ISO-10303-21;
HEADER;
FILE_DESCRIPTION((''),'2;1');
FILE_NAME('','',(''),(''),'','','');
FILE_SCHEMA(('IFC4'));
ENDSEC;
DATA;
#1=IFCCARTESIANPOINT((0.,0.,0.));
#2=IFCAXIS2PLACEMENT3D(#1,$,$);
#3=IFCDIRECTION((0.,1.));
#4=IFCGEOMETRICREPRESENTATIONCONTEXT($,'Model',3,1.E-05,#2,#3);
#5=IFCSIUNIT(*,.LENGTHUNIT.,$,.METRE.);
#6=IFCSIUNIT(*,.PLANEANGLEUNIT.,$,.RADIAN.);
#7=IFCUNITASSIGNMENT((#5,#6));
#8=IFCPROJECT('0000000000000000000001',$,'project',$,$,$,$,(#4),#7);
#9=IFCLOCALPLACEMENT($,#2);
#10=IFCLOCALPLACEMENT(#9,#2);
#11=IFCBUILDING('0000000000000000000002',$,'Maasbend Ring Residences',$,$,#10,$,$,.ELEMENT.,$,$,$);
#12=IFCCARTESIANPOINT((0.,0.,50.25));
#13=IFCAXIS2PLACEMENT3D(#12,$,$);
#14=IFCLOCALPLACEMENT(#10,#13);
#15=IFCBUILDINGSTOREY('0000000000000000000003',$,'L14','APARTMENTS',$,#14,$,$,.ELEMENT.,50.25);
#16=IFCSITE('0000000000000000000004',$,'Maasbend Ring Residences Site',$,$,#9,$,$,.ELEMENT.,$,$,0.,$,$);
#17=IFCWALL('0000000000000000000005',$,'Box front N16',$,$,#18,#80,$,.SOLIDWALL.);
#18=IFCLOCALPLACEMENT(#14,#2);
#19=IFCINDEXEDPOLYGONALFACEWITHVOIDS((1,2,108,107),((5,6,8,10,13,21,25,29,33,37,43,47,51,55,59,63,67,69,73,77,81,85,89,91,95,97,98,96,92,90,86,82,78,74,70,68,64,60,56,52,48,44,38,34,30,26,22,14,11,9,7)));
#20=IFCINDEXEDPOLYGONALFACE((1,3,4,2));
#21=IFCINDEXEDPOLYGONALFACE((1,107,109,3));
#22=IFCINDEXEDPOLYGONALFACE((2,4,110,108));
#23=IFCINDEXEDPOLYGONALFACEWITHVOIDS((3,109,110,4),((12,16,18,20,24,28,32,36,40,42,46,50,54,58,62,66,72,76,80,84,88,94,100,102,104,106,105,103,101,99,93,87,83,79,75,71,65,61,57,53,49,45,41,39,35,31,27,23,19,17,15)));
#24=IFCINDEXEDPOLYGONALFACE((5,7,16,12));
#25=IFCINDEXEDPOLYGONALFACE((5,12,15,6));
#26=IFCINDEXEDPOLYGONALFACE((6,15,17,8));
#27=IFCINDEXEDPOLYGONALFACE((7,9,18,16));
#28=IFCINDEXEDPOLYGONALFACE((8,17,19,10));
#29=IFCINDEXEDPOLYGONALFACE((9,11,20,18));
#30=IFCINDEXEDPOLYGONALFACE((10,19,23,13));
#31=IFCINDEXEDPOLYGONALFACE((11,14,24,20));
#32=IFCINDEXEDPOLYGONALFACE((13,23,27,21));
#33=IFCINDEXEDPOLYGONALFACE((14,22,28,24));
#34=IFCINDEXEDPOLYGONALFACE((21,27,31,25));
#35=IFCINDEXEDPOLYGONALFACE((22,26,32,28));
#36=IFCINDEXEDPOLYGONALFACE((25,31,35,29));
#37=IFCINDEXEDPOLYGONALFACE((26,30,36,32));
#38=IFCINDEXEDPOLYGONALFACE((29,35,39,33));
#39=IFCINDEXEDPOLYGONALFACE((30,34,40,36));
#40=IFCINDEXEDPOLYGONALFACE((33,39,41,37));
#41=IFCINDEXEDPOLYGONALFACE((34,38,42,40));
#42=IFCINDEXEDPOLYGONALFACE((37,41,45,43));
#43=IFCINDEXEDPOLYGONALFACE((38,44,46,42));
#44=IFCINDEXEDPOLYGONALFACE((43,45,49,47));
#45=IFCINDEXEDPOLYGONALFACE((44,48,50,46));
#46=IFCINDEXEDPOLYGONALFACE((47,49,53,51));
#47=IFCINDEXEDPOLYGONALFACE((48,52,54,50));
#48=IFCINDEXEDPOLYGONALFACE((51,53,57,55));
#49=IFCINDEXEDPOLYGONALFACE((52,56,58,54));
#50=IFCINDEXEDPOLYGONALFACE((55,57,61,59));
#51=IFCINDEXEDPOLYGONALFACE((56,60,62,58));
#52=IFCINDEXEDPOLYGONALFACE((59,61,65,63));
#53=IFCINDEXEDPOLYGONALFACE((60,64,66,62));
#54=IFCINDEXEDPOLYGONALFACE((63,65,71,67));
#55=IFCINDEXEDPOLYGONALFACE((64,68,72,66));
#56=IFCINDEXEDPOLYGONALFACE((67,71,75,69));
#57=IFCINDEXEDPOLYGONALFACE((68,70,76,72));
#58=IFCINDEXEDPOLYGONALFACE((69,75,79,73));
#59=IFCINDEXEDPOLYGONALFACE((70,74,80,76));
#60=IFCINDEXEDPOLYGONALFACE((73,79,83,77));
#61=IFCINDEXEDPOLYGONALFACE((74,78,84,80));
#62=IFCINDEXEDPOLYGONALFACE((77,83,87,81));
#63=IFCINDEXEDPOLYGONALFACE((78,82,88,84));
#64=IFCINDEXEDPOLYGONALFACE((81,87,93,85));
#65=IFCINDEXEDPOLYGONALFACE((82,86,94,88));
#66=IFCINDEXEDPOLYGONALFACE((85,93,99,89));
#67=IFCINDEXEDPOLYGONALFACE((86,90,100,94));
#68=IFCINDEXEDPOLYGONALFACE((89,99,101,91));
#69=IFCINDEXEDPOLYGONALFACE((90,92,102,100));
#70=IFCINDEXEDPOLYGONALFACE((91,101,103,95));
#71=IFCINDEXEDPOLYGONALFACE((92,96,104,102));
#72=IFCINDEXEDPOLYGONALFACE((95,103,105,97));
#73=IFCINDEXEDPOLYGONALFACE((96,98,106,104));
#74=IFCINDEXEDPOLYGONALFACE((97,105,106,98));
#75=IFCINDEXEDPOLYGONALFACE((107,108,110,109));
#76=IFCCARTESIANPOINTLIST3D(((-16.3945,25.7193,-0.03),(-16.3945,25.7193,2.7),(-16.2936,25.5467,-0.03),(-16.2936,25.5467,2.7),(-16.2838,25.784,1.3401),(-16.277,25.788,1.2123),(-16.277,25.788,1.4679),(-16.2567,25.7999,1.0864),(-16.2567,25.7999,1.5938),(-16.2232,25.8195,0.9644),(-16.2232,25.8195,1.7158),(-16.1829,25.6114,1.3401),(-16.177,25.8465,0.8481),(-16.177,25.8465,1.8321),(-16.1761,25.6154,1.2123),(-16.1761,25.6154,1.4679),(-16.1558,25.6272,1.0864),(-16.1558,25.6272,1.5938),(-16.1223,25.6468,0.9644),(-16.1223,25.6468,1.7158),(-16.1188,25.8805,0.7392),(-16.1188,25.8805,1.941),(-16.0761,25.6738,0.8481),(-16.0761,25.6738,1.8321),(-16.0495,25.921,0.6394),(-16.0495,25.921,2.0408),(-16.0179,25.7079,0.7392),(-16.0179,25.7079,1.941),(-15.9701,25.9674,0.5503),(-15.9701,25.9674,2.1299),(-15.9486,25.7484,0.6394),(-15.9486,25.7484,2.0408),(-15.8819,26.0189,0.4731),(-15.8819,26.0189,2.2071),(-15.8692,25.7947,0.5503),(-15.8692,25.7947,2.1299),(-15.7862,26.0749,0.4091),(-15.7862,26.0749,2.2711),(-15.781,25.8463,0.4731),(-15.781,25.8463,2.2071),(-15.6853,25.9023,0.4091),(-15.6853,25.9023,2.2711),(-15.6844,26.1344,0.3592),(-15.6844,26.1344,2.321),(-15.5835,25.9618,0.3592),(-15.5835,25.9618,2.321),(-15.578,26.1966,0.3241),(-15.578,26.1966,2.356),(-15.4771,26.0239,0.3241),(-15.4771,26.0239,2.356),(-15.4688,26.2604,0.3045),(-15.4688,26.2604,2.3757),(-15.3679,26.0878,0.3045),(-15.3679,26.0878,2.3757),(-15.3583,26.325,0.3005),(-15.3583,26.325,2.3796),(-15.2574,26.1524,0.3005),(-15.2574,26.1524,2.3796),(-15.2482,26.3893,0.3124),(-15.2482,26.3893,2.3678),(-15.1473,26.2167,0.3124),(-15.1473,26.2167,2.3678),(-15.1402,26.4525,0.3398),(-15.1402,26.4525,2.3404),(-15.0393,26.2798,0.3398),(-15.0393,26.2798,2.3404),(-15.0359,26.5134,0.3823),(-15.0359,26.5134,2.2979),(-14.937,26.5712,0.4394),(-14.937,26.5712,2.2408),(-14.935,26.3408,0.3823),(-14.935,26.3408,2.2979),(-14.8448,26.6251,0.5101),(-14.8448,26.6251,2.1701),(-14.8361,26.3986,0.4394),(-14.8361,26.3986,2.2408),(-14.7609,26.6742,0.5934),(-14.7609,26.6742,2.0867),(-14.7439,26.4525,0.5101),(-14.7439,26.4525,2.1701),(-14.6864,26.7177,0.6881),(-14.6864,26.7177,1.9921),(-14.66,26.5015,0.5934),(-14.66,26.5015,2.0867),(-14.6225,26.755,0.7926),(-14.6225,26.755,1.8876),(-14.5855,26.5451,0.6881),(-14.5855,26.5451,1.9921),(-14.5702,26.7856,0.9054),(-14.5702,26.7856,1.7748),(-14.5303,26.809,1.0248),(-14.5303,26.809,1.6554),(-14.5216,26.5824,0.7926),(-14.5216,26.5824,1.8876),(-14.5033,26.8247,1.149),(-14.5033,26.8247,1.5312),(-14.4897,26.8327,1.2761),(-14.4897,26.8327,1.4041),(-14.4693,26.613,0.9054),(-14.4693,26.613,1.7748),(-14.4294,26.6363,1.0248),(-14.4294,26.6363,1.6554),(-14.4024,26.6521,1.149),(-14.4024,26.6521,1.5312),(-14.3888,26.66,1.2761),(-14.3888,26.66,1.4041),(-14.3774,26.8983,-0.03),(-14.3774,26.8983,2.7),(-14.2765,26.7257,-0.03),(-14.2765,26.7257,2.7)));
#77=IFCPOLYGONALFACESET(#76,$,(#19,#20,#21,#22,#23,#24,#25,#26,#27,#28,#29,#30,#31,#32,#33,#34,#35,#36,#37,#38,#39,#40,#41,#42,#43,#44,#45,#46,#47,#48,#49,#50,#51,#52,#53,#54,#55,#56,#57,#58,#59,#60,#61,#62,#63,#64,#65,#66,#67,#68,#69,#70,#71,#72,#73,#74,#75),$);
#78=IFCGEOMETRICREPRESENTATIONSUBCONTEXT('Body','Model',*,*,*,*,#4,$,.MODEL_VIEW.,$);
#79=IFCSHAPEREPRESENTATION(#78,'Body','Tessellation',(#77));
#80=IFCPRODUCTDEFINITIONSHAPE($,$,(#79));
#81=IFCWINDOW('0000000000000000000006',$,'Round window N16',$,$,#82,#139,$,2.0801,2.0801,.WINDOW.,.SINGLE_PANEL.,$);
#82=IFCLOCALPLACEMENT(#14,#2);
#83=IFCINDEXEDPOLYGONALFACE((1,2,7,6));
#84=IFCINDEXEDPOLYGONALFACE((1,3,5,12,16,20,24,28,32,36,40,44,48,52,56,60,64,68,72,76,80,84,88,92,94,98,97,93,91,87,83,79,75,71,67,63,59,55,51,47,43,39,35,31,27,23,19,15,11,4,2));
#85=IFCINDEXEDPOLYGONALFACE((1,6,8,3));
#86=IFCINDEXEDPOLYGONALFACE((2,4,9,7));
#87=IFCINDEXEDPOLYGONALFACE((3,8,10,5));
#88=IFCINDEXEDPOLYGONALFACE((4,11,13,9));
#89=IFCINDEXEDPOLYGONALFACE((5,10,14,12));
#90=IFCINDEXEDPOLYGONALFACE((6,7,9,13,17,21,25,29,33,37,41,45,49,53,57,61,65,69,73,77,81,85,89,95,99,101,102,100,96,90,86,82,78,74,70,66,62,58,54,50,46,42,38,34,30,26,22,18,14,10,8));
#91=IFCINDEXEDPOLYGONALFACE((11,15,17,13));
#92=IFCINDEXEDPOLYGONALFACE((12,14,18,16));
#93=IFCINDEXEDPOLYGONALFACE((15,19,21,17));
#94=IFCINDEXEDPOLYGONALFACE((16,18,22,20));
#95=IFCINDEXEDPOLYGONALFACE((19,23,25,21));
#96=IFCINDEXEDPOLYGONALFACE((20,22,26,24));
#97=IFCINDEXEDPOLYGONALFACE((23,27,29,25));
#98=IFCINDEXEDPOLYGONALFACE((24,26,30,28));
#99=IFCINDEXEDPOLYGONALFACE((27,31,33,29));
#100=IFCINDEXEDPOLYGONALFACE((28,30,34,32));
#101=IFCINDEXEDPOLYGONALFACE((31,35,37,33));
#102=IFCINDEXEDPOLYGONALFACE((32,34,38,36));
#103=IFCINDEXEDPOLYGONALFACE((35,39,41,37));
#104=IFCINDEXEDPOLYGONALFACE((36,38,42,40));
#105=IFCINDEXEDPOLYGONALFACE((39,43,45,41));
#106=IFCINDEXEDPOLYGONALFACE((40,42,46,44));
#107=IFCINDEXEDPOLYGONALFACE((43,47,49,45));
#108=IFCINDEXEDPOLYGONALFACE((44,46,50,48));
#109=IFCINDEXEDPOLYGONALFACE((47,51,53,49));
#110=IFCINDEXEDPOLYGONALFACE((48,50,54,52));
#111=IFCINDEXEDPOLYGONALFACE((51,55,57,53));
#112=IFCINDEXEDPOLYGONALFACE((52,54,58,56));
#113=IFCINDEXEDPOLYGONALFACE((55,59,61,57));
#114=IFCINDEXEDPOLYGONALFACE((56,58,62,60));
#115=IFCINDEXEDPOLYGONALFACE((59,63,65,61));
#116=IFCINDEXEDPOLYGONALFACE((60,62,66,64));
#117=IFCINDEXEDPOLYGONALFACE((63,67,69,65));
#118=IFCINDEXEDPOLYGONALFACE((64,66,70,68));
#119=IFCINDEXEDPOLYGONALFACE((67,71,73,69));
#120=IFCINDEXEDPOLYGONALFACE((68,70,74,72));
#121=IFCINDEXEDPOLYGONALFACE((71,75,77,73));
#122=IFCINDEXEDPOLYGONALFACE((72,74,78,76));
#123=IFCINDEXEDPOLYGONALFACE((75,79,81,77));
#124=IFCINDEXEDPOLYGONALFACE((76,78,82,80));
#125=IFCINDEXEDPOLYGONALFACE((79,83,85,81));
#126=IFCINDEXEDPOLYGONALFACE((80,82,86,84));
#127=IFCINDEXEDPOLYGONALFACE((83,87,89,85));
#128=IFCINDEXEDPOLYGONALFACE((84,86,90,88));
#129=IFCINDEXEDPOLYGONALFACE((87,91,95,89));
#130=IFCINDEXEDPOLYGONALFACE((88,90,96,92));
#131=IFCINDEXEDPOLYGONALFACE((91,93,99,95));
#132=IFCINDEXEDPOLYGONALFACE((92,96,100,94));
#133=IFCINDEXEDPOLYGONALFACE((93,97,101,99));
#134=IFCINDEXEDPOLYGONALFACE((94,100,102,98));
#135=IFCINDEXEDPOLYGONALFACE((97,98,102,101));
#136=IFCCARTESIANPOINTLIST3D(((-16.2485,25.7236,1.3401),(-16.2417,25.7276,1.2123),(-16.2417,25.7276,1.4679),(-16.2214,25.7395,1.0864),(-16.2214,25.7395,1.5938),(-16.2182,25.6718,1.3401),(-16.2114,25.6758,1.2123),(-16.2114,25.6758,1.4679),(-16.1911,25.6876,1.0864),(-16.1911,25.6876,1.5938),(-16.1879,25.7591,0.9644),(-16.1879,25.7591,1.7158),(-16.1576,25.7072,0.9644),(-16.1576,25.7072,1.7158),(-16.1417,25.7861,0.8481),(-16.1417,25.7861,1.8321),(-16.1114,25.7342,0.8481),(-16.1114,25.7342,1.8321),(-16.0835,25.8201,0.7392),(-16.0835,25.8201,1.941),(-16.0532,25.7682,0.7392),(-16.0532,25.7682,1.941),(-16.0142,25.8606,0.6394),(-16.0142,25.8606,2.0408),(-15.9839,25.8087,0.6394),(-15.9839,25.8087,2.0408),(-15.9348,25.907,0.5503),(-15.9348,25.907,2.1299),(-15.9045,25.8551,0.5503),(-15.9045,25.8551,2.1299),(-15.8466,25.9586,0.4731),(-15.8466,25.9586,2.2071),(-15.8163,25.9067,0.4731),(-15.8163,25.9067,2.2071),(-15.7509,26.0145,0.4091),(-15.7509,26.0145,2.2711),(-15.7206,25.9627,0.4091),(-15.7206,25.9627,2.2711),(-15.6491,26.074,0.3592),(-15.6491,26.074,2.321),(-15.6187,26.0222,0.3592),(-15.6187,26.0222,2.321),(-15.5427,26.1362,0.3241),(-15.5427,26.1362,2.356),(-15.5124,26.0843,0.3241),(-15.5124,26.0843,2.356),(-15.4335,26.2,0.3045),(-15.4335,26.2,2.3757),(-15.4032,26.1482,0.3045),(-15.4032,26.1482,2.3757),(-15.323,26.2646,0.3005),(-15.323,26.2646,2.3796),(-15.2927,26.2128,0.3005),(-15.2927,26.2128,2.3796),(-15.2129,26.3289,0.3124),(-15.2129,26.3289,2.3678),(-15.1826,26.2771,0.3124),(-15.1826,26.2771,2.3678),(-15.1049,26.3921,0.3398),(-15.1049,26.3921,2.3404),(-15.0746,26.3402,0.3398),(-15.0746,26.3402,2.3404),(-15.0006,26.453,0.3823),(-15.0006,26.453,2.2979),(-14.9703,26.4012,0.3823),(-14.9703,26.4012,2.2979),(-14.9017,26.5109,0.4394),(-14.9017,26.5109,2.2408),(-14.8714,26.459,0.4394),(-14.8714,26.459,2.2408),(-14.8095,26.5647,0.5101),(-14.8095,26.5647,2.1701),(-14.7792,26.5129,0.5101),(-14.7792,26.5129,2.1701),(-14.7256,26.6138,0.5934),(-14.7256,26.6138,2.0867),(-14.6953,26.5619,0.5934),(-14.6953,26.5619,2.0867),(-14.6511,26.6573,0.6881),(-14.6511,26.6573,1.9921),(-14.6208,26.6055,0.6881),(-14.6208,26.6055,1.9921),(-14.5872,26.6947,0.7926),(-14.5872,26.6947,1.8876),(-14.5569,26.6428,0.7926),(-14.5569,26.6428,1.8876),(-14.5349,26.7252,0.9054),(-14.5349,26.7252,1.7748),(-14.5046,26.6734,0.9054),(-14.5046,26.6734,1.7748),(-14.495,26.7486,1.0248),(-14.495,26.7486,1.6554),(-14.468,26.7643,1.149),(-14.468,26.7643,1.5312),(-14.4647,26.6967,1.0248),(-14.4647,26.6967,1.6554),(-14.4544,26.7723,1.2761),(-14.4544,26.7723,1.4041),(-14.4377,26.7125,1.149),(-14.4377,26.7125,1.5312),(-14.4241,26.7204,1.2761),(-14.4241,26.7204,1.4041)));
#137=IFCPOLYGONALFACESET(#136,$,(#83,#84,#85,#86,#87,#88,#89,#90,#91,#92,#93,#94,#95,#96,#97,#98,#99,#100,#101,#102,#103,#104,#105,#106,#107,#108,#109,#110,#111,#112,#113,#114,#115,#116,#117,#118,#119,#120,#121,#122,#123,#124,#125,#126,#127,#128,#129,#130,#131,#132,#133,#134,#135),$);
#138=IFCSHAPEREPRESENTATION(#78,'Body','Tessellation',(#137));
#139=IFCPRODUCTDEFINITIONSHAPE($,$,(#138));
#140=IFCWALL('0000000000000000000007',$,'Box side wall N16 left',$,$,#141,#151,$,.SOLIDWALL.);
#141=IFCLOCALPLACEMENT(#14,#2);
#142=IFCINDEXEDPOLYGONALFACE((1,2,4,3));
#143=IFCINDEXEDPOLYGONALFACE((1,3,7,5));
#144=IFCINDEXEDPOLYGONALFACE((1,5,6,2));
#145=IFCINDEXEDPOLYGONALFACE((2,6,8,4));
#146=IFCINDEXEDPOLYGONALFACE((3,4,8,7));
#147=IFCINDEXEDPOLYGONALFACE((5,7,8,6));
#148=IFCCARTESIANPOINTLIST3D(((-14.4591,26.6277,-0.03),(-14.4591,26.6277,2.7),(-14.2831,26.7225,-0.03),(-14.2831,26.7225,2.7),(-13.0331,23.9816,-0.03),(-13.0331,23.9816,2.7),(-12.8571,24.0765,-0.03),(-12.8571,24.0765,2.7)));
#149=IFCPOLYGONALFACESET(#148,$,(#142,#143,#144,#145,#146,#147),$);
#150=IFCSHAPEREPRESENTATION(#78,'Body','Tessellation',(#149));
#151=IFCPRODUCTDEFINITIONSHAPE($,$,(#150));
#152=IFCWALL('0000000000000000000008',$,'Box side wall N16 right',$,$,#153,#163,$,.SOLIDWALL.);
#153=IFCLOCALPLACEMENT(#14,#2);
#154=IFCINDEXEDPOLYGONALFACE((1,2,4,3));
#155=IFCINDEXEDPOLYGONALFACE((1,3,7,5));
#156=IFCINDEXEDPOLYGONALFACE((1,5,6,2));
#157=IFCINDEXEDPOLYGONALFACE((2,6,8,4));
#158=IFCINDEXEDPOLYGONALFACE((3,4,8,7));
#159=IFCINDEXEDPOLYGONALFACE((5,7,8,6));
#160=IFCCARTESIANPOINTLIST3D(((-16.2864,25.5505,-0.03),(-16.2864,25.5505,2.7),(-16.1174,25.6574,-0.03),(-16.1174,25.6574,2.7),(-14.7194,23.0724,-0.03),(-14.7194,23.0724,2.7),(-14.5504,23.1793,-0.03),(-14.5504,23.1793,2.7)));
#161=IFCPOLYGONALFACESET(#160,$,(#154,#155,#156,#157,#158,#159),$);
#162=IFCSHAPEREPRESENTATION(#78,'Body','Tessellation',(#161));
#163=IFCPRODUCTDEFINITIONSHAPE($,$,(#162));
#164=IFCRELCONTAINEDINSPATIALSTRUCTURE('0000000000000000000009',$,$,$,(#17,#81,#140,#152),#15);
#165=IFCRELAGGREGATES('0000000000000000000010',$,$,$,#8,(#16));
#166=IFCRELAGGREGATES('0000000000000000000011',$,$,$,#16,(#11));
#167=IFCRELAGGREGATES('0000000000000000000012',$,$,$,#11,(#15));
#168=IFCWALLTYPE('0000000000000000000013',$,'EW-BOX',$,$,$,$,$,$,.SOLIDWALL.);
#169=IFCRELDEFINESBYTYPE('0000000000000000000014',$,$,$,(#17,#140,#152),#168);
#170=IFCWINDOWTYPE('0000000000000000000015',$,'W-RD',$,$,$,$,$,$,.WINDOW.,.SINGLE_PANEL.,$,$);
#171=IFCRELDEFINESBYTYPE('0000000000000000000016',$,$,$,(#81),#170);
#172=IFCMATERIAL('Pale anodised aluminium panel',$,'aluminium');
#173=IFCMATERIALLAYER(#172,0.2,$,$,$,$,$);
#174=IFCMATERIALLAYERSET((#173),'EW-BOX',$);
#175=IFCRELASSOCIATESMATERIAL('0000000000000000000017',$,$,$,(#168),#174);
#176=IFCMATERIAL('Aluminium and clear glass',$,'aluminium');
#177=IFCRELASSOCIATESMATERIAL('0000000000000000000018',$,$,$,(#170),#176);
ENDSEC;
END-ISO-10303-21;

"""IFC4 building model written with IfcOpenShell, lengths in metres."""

from ifc_helpers import new_model, si_unit, direction, frame, frame_2d, origin, place, context, subcontext, project, spatial, rectangle, circle, extrude, material, layer, layer_set, type_object, element, fill, save


model = new_model("IFC4")

# Units and contexts
model_context = context("Model", 3, precision=1e-05, world=origin(), true_north=direction((0.0, 1.0)))
body_context = subcontext(model_context, "Body", "Model", "MODEL_VIEW")
ifc_project = project(units=[si_unit("LENGTHUNIT", "METRE"), si_unit("PLANEANGLEUNIT", "RADIAN")], contexts=[model_context])

# Site, building, storey
site_placement = place(None, origin())
site = spatial("IfcSite", under=ifc_project, at=site_placement, Name="Maasbend Ring Residences Site", CompositionType="ELEMENT", RefElevation=0.0)
building_placement = place(site_placement, origin())
building = spatial("IfcBuilding", under=site, at=building_placement, Name="Maasbend Ring Residences", CompositionType="ELEMENT")
storey_placement = place(building_placement, frame((0.0, 0.0, 50.25)))
storey = spatial("IfcBuildingStorey", under=building, at=storey_placement, Name="L14", Description="APARTMENTS", CompositionType="ELEMENT", Elevation=50.25)

# Wall, opening, window
ifc_material_1 = material(Name="Pale anodised aluminium panel", Category="aluminium")
ifc_layer_1 = layer(ifc_material_1, 0.2)
ifc_layer_set_1 = layer_set([ifc_layer_1], Name="EW-BOX")
wall_type_1 = type_object("IfcWallType", Name="EW-BOX", PredefinedType="SOLIDWALL", material=ifc_layer_set_1)
wall_1_placement = place(storey_placement, frame((-14.3269, 26.812, -0.03), z_axis=(0.0, 0.0, 1.0), x_axis=(-0.863347, -0.504612, 0.0)))
wall_1 = element("IfcWall", 1, at=wall_1_placement, inside=storey, type_object=wall_type_1, Name="Box front N16", PredefinedType="SOLIDWALL", context=body_context, shape_type="SweptSolid", body=[
    extrude(rectangle(XDim=2.3364, YDim=0.2, at=frame_2d((1.1682, 0.0))), origin(), (0.0, 0.0, 1.0), 2.73),
])
opening_1_placement = place(wall_1_placement, frame((0.1282, 0.0, 0.3301)))
opening_1 = element("IfcOpeningElement", 2, at=opening_1_placement, cuts=wall_1, PredefinedType="OPENING", context=body_context, shape_type="SweptSolid", body=[
    extrude(circle(Radius=1.04, at=frame_2d((1.04, 1.04))), frame((0.0, 0.1099, 0.0), z_axis=(0.0, -1.0, 0.0), x_axis=(1.0, 0.0, 0.0)), (0.0, 0.0, 1.0), 0.22),
])
ifc_material_2 = material(Name="Aluminium and clear glass", Category="aluminium")
window_type_1 = type_object("IfcWindowType", Name="W-RD", PartitioningType="SINGLE_PANEL", PredefinedType="WINDOW", material=ifc_material_2)
window_1_placement = place(opening_1_placement, origin())
window_1 = element("IfcWindow", 3, at=window_1_placement, inside=storey, type_object=window_type_1, Name="Round window N16", OverallHeight=2.0801, OverallWidth=2.0801, PartitioningType="SINGLE_PANEL", PredefinedType="WINDOW", context=body_context, shape_type="SweptSolid", body=[
    extrude(circle(Radius=1.04, at=frame_2d((1.04, 1.04))), frame((0.0, 0.03, 0.0), z_axis=(0.0, -1.0, 0.0), x_axis=(1.0, 0.0, 0.0)), (0.0, 0.0, 1.0), 0.0601),
])
fill(opening_1, window_1)

# Walls
wall_2_placement = place(storey_placement, frame((-12.9451, 24.0291, -0.03), z_axis=(0.0, 0.0, 1.0), x_axis=(-0.474424, 0.880296, 0.0)))
element("IfcWall", 4, at=wall_2_placement, inside=storey, type_object=wall_type_1, Name="Box side wall N16 left", PredefinedType="SOLIDWALL", context=body_context, shape_type="SweptSolid", body=[
    extrude(rectangle(XDim=3.0059, YDim=0.2, at=frame_2d((1.5029, 0.0))), origin(), (0.0, 0.0, 1.0), 2.73),
])
wall_3_placement = place(storey_placement, frame((-14.635, 23.126, -0.03), z_axis=(0.0, 0.0, 1.0), x_axis=(-0.534438, 0.845208, 0.0)))
element("IfcWall", 5, at=wall_3_placement, inside=storey, type_object=wall_type_1, Name="Box side wall N16 right", PredefinedType="SOLIDWALL", context=body_context, shape_type="SweptSolid", body=[
    extrude(rectangle(XDim=2.9319, YDim=0.2, at=frame_2d((1.4658, 0.0))), origin(), (0.0, 0.0, 1.0), 2.73),
])

save(model, "model.ifc")
